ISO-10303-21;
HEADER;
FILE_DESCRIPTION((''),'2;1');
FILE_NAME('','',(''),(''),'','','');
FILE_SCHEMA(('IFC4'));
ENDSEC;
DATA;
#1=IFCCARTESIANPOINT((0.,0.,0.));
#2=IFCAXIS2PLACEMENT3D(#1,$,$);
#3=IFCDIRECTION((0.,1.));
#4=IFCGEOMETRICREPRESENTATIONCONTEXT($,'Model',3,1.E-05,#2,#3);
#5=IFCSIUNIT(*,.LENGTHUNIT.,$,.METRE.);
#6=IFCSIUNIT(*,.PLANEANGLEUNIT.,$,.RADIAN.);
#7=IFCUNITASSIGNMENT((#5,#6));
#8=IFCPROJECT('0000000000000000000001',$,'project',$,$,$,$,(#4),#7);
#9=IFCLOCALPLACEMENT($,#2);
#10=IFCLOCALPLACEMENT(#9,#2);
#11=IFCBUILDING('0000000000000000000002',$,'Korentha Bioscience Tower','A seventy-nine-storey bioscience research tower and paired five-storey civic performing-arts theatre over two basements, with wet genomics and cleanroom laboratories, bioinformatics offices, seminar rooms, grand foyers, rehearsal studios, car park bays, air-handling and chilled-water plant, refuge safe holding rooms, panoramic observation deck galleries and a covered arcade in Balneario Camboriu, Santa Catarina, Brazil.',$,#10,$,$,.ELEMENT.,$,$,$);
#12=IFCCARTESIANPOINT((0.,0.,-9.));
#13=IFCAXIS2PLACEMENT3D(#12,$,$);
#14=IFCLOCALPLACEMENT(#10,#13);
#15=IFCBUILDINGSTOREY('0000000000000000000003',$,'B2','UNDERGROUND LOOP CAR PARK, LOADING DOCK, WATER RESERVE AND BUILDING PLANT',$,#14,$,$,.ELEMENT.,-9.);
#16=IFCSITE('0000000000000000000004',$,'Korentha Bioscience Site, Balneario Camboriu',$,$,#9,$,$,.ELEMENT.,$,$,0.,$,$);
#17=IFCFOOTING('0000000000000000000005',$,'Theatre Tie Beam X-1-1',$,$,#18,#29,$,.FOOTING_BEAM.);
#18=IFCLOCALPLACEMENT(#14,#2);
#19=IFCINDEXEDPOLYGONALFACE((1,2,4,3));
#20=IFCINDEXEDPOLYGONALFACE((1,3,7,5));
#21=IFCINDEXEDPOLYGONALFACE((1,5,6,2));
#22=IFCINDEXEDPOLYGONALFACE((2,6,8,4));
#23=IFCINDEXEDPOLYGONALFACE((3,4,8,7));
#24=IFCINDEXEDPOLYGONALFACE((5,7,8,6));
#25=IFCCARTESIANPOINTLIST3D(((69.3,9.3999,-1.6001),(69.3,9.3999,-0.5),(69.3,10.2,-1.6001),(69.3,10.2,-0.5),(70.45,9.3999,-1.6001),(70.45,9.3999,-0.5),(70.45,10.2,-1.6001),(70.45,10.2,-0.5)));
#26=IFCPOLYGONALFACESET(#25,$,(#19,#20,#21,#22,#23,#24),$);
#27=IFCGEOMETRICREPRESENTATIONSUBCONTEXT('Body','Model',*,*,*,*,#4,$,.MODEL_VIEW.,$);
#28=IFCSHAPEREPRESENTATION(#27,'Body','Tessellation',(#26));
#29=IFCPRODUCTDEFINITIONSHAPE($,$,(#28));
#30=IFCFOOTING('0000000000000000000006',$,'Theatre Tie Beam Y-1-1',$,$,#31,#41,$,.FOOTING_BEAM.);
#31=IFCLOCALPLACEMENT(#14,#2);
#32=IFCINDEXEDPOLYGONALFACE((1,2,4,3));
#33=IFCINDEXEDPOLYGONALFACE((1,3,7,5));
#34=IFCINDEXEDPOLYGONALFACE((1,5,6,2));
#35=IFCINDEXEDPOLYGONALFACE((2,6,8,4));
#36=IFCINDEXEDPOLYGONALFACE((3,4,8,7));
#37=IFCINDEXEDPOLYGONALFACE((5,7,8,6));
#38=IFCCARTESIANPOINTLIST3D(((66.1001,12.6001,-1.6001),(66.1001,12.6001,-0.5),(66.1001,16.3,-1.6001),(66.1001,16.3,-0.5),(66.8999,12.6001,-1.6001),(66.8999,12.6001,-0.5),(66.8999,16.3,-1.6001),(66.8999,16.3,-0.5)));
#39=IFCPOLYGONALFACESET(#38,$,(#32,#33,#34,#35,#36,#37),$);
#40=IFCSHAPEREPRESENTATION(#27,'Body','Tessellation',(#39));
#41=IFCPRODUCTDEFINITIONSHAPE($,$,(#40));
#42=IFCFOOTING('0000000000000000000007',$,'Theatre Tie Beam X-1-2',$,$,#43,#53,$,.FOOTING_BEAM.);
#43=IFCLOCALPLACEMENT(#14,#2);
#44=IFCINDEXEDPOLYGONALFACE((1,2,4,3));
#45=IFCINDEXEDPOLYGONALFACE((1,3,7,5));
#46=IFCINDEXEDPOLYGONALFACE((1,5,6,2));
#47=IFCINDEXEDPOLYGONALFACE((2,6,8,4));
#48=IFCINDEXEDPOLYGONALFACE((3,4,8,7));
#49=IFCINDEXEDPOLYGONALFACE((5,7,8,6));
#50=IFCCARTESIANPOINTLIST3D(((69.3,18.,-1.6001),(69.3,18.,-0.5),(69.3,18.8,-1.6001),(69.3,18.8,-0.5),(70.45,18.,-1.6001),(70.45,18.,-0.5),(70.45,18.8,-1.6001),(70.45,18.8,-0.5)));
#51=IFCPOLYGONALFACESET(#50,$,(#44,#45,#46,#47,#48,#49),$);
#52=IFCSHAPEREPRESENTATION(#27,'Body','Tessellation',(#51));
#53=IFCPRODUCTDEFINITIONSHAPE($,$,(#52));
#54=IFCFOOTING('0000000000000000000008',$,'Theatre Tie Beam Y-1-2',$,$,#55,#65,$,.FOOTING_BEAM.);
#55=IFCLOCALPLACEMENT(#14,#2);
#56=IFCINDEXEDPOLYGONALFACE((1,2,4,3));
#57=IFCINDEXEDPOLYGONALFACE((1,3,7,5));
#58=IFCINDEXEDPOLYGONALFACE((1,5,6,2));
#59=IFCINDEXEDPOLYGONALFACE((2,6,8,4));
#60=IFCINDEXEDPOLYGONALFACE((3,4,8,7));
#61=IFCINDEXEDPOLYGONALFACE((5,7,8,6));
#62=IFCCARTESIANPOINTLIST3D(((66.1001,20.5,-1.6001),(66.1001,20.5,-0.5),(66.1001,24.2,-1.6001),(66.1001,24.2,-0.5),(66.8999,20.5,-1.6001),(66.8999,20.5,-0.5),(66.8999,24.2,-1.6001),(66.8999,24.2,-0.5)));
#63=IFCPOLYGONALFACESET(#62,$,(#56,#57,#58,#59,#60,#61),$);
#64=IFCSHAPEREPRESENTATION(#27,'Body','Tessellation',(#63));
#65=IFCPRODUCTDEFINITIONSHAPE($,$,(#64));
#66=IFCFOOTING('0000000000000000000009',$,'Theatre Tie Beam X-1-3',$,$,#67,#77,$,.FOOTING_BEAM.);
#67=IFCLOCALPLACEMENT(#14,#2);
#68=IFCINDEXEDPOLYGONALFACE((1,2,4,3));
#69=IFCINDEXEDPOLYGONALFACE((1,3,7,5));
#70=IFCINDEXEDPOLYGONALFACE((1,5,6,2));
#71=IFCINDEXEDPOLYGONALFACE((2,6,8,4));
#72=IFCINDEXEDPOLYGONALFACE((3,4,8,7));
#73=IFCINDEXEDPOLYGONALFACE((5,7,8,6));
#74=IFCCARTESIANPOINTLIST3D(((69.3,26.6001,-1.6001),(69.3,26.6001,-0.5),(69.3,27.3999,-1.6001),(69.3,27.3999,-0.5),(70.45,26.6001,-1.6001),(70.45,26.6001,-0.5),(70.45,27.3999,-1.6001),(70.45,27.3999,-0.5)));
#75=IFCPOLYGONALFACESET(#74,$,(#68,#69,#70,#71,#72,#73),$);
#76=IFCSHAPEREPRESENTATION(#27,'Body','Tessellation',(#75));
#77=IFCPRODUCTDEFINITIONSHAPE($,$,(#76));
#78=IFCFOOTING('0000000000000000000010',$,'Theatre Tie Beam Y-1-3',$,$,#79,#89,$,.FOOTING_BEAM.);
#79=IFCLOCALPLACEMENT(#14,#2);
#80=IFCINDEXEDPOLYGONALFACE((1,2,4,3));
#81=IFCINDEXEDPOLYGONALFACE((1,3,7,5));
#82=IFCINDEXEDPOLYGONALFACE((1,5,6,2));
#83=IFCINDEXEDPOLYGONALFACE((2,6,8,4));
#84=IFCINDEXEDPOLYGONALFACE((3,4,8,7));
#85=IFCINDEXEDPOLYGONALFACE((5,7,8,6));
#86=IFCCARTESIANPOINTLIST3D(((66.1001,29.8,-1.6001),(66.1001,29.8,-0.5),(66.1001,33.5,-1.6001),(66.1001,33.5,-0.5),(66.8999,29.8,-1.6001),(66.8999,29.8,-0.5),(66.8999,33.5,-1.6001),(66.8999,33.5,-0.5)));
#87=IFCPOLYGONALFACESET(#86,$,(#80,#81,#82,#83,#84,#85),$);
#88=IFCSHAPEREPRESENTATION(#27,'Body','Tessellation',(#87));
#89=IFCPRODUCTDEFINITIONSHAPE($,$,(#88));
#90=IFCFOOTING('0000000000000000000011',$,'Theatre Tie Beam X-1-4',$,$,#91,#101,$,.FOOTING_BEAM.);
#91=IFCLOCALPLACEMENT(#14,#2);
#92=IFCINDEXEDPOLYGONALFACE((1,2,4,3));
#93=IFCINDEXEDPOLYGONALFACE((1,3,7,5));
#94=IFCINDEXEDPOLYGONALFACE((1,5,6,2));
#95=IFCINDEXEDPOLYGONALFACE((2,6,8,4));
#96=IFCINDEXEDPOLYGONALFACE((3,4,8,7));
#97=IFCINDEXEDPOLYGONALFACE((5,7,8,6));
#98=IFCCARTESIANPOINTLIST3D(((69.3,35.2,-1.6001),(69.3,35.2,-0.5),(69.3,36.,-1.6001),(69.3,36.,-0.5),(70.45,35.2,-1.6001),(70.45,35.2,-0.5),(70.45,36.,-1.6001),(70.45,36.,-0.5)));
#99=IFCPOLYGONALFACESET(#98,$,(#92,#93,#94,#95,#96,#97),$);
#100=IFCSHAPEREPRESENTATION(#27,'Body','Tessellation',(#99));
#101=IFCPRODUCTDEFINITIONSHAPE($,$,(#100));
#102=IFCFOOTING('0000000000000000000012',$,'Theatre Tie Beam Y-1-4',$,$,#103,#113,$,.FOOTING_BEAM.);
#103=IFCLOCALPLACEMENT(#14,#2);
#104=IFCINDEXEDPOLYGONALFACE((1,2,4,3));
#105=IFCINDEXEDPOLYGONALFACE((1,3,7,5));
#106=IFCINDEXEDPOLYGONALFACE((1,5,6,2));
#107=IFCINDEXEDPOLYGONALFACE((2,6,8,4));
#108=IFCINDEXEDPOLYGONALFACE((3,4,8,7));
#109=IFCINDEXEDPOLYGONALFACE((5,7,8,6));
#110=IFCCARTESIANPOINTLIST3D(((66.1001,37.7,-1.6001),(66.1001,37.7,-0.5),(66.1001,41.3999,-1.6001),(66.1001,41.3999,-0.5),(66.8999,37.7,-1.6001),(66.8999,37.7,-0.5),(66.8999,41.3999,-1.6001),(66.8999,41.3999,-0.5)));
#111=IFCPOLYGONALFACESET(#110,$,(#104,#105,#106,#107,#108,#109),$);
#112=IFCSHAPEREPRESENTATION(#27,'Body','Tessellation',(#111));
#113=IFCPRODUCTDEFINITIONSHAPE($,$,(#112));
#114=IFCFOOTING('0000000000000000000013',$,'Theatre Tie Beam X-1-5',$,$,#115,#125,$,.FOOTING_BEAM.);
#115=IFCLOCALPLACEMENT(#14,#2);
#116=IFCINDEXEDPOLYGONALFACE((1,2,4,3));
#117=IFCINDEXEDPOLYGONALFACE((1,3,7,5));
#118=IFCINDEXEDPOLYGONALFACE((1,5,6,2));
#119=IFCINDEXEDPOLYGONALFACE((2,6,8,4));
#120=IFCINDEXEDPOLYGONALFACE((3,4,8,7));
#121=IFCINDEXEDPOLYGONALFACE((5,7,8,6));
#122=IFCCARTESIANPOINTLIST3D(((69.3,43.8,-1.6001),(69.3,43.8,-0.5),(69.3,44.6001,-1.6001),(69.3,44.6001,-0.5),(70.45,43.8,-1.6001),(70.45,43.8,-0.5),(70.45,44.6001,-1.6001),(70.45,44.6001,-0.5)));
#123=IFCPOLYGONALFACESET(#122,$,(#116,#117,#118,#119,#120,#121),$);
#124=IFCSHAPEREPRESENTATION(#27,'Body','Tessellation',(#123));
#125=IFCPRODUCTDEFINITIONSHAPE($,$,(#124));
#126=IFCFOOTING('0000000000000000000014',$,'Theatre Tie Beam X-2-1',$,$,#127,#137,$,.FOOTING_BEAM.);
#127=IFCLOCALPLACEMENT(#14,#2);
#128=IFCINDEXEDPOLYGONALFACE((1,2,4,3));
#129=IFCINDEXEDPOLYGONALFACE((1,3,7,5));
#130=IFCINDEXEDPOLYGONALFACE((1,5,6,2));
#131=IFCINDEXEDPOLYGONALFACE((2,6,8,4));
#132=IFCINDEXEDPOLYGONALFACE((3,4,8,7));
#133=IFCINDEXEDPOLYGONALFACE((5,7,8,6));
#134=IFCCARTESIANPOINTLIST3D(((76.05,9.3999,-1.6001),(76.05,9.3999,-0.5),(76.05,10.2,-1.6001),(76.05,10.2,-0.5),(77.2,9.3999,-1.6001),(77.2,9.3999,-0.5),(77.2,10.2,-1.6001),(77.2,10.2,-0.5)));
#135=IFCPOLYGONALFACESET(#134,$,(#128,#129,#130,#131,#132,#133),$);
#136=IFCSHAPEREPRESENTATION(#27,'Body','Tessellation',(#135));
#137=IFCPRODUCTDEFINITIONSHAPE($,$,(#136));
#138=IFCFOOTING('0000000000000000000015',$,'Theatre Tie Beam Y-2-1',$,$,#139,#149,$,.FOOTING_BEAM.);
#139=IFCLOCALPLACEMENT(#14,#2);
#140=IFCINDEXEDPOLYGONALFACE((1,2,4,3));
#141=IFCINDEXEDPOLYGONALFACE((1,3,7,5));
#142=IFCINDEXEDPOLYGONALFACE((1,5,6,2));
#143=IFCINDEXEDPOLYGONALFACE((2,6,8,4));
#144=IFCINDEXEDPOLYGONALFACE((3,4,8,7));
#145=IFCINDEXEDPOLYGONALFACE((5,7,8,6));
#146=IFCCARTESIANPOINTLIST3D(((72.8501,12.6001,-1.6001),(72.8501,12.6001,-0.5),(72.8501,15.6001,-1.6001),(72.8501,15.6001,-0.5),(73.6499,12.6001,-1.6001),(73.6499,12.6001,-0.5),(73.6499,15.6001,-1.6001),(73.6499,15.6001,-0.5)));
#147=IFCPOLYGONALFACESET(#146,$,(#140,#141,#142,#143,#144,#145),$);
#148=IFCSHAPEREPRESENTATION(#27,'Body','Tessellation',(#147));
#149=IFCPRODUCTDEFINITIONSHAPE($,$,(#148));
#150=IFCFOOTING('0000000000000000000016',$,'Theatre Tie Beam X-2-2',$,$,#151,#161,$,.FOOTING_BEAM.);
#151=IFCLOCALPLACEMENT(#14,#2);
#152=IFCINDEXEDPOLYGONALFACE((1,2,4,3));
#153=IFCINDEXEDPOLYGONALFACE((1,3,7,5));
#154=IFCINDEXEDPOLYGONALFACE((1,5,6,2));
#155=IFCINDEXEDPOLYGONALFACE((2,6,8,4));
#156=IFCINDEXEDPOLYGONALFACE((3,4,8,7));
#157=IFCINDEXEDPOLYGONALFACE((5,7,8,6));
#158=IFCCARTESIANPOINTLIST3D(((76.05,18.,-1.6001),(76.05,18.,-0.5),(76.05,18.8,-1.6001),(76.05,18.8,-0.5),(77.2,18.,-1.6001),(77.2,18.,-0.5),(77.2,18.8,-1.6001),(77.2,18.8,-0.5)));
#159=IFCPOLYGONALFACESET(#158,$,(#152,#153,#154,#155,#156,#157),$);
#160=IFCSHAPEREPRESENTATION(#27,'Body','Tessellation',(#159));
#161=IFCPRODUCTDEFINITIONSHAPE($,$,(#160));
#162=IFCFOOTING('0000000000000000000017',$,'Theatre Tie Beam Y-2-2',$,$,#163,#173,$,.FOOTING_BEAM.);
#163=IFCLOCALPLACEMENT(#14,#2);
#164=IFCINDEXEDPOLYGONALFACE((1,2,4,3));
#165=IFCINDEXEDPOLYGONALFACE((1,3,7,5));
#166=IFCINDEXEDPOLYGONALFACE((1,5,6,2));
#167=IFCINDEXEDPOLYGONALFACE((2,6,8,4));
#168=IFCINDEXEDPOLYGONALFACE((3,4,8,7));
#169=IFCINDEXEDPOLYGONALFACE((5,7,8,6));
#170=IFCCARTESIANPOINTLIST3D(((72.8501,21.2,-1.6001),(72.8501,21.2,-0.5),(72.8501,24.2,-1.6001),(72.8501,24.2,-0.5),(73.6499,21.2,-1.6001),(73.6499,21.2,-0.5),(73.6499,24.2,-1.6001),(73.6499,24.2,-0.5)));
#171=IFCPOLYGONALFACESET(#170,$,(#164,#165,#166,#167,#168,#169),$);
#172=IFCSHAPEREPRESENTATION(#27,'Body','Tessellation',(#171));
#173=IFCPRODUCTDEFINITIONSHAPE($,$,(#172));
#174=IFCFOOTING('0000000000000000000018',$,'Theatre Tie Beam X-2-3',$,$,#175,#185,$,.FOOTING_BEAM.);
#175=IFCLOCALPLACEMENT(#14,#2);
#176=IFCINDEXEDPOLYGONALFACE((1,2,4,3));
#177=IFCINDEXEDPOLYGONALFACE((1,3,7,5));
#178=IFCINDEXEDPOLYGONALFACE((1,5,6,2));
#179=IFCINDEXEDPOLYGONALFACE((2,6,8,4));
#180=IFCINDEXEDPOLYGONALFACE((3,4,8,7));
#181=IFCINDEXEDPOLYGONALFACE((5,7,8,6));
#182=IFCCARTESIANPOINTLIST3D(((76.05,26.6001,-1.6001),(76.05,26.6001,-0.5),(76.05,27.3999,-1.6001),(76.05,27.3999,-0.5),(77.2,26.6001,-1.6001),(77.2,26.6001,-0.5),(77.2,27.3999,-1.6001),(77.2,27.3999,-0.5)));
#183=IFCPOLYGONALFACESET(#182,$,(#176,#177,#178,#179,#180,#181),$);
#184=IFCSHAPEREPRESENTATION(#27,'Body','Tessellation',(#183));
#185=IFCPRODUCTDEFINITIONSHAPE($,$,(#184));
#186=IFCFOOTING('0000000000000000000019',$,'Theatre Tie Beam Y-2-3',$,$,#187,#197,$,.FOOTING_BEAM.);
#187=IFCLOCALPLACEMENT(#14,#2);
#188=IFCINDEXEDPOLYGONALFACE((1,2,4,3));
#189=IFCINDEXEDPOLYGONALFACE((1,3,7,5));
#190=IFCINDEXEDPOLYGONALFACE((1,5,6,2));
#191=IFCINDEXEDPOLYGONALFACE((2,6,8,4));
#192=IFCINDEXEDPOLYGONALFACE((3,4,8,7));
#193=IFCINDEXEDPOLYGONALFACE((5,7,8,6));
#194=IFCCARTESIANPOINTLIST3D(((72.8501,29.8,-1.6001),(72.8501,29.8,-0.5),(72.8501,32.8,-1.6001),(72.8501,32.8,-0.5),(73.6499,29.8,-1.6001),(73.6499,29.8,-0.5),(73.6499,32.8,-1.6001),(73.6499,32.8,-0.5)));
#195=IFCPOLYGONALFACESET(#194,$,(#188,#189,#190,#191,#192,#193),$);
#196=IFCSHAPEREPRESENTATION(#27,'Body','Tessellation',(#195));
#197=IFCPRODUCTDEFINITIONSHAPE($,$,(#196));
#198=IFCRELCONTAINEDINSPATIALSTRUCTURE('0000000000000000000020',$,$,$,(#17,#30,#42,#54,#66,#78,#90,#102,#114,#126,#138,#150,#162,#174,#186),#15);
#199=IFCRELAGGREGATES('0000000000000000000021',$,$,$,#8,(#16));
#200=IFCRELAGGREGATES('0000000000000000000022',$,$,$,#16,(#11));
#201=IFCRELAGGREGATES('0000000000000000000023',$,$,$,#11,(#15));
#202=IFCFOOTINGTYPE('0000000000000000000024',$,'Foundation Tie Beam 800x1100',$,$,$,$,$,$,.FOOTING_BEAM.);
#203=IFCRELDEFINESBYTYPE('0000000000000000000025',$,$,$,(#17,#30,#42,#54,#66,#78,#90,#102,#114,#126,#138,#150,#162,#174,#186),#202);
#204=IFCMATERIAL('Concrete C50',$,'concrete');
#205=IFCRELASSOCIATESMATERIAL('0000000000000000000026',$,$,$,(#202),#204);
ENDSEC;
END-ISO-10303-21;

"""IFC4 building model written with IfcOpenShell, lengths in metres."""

from ifc_helpers import new_model, si_unit, direction, frame, origin, place, context, subcontext, project, spatial, polyline, outline, extrude, material, type_object, element, save


model = new_model("IFC4")

# Units and contexts
model_context = context("Model", 3, precision=1e-05, world=origin(), true_north=direction((0.0, 1.0)))
body_context = subcontext(model_context, "Body", "Model", "MODEL_VIEW")
ifc_project = project(units=[si_unit("LENGTHUNIT", "METRE"), si_unit("PLANEANGLEUNIT", "RADIAN")], contexts=[model_context])

# Site, building, storey
site_placement = place(None, origin())
site = spatial("IfcSite", under=ifc_project, at=site_placement, Name="Korentha Bioscience Site, Balneario Camboriu", CompositionType="ELEMENT", RefElevation=0.0)
building_placement = place(site_placement, origin())
building = spatial("IfcBuilding", under=site, at=building_placement, Name="Korentha Bioscience Tower", Description="A seventy-nine-storey bioscience research tower and paired five-storey civic performing-arts theatre over two basements, with wet genomics and cleanroom laboratories, bioinformatics offices, seminar rooms, grand foyers, rehearsal studios, car park bays, air-handling and chilled-water plant, refuge safe holding rooms, panoramic observation deck galleries and a covered arcade in Balneario Camboriu, Santa Catarina, Brazil.", CompositionType="ELEMENT")
storey_placement = place(building_placement, frame((0.0, 0.0, -9.0)))
storey = spatial("IfcBuildingStorey", under=building, at=storey_placement, Name="B2", Description="UNDERGROUND LOOP CAR PARK, LOADING DOCK, WATER RESERVE AND BUILDING PLANT", CompositionType="ELEMENT", Elevation=-9.0)

# Footings
ifc_material_1 = material(Name="Concrete C50", Category="concrete")
footing_type_1 = type_object("IfcFootingType", Name="Foundation Tie Beam 800x1100", PredefinedType="FOOTING_BEAM", material=ifc_material_1)
footing_1_placement = place(storey_placement, frame((0.0, 0.0, -1.6001)))
element("IfcFooting", 1, at=footing_1_placement, inside=storey, type_object=footing_type_1, Name="Theatre Tie Beam X-1-1", PredefinedType="FOOTING_BEAM", context=body_context, shape_type="SweptSolid", body=[
    extrude(outline(polyline([(69.3, 9.3999), (70.45, 9.3999), (70.45, 10.2), (69.3, 10.2), (69.3, 9.3999)])), origin(), (0.0, 0.0, 1.0), 1.1001),
])
footing_2_placement = place(storey_placement, frame((0.0, 0.0, -1.6001)))
element("IfcFooting", 2, at=footing_2_placement, inside=storey, type_object=footing_type_1, Name="Theatre Tie Beam Y-1-1", PredefinedType="FOOTING_BEAM", context=body_context, shape_type="SweptSolid", body=[
    extrude(outline(polyline([(66.1001, 12.6001), (66.8999, 12.6001), (66.8999, 16.3), (66.1001, 16.3), (66.1001, 12.6001)])), origin(), (0.0, 0.0, 1.0), 1.1001),
])
footing_3_placement = place(storey_placement, frame((0.0, 0.0, -1.6001)))
element("IfcFooting", 3, at=footing_3_placement, inside=storey, type_object=footing_type_1, Name="Theatre Tie Beam X-1-2", PredefinedType="FOOTING_BEAM", context=body_context, shape_type="SweptSolid", body=[
    extrude(outline(polyline([(69.3, 18.0), (70.45, 18.0), (70.45, 18.8), (69.3, 18.8), (69.3, 18.0)])), origin(), (0.0, 0.0, 1.0), 1.1001),
])
footing_4_placement = place(storey_placement, frame((0.0, 0.0, -1.6001)))
element("IfcFooting", 4, at=footing_4_placement, inside=storey, type_object=footing_type_1, Name="Theatre Tie Beam Y-1-2", PredefinedType="FOOTING_BEAM", context=body_context, shape_type="SweptSolid", body=[
    extrude(outline(polyline([(66.1001, 20.5), (66.8999, 20.5), (66.8999, 24.2), (66.1001, 24.2), (66.1001, 20.5)])), origin(), (0.0, 0.0, 1.0), 1.1001),
])
footing_5_placement = place(storey_placement, frame((0.0, 0.0, -1.6001)))
element("IfcFooting", 5, at=footing_5_placement, inside=storey, type_object=footing_type_1, Name="Theatre Tie Beam X-1-3", PredefinedType="FOOTING_BEAM", context=body_context, shape_type="SweptSolid", body=[
    extrude(outline(polyline([(69.3, 26.6001), (70.45, 26.6001), (70.45, 27.3999), (69.3, 27.3999), (69.3, 26.6001)])), origin(), (0.0, 0.0, 1.0), 1.1001),
])
footing_6_placement = place(storey_placement, frame((0.0, 0.0, -1.6001)))
element("IfcFooting", 6, at=footing_6_placement, inside=storey, type_object=footing_type_1, Name="Theatre Tie Beam Y-1-3", PredefinedType="FOOTING_BEAM", context=body_context, shape_type="SweptSolid", body=[
    extrude(outline(polyline([(66.1001, 29.8), (66.8999, 29.8), (66.8999, 33.5), (66.1001, 33.5), (66.1001, 29.8)])), origin(), (0.0, 0.0, 1.0), 1.1001),
])
footing_7_placement = place(storey_placement, frame((0.0, 0.0, -1.6001)))
element("IfcFooting", 7, at=footing_7_placement, inside=storey, type_object=footing_type_1, Name="Theatre Tie Beam X-1-4", PredefinedType="FOOTING_BEAM", context=body_context, shape_type="SweptSolid", body=[
    extrude(outline(polyline([(69.3, 35.2), (70.45, 35.2), (70.45, 36.0), (69.3, 36.0), (69.3, 35.2)])), origin(), (0.0, 0.0, 1.0), 1.1001),
])
footing_8_placement = place(storey_placement, frame((0.0, 0.0, -1.6001)))
element("IfcFooting", 8, at=footing_8_placement, inside=storey, type_object=footing_type_1, Name="Theatre Tie Beam Y-1-4", PredefinedType="FOOTING_BEAM", context=body_context, shape_type="SweptSolid", body=[
    extrude(outline(polyline([(66.1001, 37.7), (66.8999, 37.7), (66.8999, 41.3999), (66.1001, 41.3999), (66.1001, 37.7)])), origin(), (0.0, 0.0, 1.0), 1.1001),
])
footing_9_placement = place(storey_placement, frame((0.0, 0.0, -1.6001)))
element("IfcFooting", 9, at=footing_9_placement, inside=storey, type_object=footing_type_1, Name="Theatre Tie Beam X-1-5", PredefinedType="FOOTING_BEAM", context=body_context, shape_type="SweptSolid", body=[
    extrude(outline(polyline([(69.3, 43.8), (70.45, 43.8), (70.45, 44.6001), (69.3, 44.6001), (69.3, 43.8)])), origin(), (0.0, 0.0, 1.0), 1.1001),
])
footing_10_placement = place(storey_placement, frame((0.0, 0.0, -1.6001)))
element("IfcFooting", 10, at=footing_10_placement, inside=storey, type_object=footing_type_1, Name="Theatre Tie Beam X-2-1", PredefinedType="FOOTING_BEAM", context=body_context, shape_type="SweptSolid", body=[
    extrude(outline(polyline([(76.05, 9.3999), (77.2, 9.3999), (77.2, 10.2), (76.05, 10.2), (76.05, 9.3999)])), origin(), (0.0, 0.0, 1.0), 1.1001),
])
footing_11_placement = place(storey_placement, frame((0.0, 0.0, -1.6001)))
element("IfcFooting", 11, at=footing_11_placement, inside=storey, type_object=footing_type_1, Name="Theatre Tie Beam Y-2-1", PredefinedType="FOOTING_BEAM", context=body_context, shape_type="SweptSolid", body=[
    extrude(outline(polyline([(72.8501, 12.6001), (73.6499, 12.6001), (73.6499, 15.6001), (72.8501, 15.6001), (72.8501, 12.6001)])), origin(), (0.0, 0.0, 1.0), 1.1001),
])
footing_12_placement = place(storey_placement, frame((0.0, 0.0, -1.6001)))
element("IfcFooting", 12, at=footing_12_placement, inside=storey, type_object=footing_type_1, Name="Theatre Tie Beam X-2-2", PredefinedType="FOOTING_BEAM", context=body_context, shape_type="SweptSolid", body=[
    extrude(outline(polyline([(76.05, 18.0), (77.2, 18.0), (77.2, 18.8), (76.05, 18.8), (76.05, 18.0)])), origin(), (0.0, 0.0, 1.0), 1.1001),
])
footing_13_placement = place(storey_placement, frame((0.0, 0.0, -1.6001)))
element("IfcFooting", 13, at=footing_13_placement, inside=storey, type_object=footing_type_1, Name="Theatre Tie Beam Y-2-2", PredefinedType="FOOTING_BEAM", context=body_context, shape_type="SweptSolid", body=[
    extrude(outline(polyline([(72.8501, 21.2), (73.6499, 21.2), (73.6499, 24.2), (72.8501, 24.2), (72.8501, 21.2)])), origin(), (0.0, 0.0, 1.0), 1.1001),
])
footing_14_placement = place(storey_placement, frame((0.0, 0.0, -1.6001)))
element("IfcFooting", 14, at=footing_14_placement, inside=storey, type_object=footing_type_1, Name="Theatre Tie Beam X-2-3", PredefinedType="FOOTING_BEAM", context=body_context, shape_type="SweptSolid", body=[
    extrude(outline(polyline([(76.05, 26.6001), (77.2, 26.6001), (77.2, 27.3999), (76.05, 27.3999), (76.05, 26.6001)])), origin(), (0.0, 0.0, 1.0), 1.1001),
])
footing_15_placement = place(storey_placement, frame((0.0, 0.0, -1.6001)))
element("IfcFooting", 15, at=footing_15_placement, inside=storey, type_object=footing_type_1, Name="Theatre Tie Beam Y-2-3", PredefinedType="FOOTING_BEAM", context=body_context, shape_type="SweptSolid", body=[
    extrude(outline(polyline([(72.8501, 29.8), (73.6499, 29.8), (73.6499, 32.8), (72.8501, 32.8), (72.8501, 29.8)])), origin(), (0.0, 0.0, 1.0), 1.1001),
])

save(model, "model.ifc")
